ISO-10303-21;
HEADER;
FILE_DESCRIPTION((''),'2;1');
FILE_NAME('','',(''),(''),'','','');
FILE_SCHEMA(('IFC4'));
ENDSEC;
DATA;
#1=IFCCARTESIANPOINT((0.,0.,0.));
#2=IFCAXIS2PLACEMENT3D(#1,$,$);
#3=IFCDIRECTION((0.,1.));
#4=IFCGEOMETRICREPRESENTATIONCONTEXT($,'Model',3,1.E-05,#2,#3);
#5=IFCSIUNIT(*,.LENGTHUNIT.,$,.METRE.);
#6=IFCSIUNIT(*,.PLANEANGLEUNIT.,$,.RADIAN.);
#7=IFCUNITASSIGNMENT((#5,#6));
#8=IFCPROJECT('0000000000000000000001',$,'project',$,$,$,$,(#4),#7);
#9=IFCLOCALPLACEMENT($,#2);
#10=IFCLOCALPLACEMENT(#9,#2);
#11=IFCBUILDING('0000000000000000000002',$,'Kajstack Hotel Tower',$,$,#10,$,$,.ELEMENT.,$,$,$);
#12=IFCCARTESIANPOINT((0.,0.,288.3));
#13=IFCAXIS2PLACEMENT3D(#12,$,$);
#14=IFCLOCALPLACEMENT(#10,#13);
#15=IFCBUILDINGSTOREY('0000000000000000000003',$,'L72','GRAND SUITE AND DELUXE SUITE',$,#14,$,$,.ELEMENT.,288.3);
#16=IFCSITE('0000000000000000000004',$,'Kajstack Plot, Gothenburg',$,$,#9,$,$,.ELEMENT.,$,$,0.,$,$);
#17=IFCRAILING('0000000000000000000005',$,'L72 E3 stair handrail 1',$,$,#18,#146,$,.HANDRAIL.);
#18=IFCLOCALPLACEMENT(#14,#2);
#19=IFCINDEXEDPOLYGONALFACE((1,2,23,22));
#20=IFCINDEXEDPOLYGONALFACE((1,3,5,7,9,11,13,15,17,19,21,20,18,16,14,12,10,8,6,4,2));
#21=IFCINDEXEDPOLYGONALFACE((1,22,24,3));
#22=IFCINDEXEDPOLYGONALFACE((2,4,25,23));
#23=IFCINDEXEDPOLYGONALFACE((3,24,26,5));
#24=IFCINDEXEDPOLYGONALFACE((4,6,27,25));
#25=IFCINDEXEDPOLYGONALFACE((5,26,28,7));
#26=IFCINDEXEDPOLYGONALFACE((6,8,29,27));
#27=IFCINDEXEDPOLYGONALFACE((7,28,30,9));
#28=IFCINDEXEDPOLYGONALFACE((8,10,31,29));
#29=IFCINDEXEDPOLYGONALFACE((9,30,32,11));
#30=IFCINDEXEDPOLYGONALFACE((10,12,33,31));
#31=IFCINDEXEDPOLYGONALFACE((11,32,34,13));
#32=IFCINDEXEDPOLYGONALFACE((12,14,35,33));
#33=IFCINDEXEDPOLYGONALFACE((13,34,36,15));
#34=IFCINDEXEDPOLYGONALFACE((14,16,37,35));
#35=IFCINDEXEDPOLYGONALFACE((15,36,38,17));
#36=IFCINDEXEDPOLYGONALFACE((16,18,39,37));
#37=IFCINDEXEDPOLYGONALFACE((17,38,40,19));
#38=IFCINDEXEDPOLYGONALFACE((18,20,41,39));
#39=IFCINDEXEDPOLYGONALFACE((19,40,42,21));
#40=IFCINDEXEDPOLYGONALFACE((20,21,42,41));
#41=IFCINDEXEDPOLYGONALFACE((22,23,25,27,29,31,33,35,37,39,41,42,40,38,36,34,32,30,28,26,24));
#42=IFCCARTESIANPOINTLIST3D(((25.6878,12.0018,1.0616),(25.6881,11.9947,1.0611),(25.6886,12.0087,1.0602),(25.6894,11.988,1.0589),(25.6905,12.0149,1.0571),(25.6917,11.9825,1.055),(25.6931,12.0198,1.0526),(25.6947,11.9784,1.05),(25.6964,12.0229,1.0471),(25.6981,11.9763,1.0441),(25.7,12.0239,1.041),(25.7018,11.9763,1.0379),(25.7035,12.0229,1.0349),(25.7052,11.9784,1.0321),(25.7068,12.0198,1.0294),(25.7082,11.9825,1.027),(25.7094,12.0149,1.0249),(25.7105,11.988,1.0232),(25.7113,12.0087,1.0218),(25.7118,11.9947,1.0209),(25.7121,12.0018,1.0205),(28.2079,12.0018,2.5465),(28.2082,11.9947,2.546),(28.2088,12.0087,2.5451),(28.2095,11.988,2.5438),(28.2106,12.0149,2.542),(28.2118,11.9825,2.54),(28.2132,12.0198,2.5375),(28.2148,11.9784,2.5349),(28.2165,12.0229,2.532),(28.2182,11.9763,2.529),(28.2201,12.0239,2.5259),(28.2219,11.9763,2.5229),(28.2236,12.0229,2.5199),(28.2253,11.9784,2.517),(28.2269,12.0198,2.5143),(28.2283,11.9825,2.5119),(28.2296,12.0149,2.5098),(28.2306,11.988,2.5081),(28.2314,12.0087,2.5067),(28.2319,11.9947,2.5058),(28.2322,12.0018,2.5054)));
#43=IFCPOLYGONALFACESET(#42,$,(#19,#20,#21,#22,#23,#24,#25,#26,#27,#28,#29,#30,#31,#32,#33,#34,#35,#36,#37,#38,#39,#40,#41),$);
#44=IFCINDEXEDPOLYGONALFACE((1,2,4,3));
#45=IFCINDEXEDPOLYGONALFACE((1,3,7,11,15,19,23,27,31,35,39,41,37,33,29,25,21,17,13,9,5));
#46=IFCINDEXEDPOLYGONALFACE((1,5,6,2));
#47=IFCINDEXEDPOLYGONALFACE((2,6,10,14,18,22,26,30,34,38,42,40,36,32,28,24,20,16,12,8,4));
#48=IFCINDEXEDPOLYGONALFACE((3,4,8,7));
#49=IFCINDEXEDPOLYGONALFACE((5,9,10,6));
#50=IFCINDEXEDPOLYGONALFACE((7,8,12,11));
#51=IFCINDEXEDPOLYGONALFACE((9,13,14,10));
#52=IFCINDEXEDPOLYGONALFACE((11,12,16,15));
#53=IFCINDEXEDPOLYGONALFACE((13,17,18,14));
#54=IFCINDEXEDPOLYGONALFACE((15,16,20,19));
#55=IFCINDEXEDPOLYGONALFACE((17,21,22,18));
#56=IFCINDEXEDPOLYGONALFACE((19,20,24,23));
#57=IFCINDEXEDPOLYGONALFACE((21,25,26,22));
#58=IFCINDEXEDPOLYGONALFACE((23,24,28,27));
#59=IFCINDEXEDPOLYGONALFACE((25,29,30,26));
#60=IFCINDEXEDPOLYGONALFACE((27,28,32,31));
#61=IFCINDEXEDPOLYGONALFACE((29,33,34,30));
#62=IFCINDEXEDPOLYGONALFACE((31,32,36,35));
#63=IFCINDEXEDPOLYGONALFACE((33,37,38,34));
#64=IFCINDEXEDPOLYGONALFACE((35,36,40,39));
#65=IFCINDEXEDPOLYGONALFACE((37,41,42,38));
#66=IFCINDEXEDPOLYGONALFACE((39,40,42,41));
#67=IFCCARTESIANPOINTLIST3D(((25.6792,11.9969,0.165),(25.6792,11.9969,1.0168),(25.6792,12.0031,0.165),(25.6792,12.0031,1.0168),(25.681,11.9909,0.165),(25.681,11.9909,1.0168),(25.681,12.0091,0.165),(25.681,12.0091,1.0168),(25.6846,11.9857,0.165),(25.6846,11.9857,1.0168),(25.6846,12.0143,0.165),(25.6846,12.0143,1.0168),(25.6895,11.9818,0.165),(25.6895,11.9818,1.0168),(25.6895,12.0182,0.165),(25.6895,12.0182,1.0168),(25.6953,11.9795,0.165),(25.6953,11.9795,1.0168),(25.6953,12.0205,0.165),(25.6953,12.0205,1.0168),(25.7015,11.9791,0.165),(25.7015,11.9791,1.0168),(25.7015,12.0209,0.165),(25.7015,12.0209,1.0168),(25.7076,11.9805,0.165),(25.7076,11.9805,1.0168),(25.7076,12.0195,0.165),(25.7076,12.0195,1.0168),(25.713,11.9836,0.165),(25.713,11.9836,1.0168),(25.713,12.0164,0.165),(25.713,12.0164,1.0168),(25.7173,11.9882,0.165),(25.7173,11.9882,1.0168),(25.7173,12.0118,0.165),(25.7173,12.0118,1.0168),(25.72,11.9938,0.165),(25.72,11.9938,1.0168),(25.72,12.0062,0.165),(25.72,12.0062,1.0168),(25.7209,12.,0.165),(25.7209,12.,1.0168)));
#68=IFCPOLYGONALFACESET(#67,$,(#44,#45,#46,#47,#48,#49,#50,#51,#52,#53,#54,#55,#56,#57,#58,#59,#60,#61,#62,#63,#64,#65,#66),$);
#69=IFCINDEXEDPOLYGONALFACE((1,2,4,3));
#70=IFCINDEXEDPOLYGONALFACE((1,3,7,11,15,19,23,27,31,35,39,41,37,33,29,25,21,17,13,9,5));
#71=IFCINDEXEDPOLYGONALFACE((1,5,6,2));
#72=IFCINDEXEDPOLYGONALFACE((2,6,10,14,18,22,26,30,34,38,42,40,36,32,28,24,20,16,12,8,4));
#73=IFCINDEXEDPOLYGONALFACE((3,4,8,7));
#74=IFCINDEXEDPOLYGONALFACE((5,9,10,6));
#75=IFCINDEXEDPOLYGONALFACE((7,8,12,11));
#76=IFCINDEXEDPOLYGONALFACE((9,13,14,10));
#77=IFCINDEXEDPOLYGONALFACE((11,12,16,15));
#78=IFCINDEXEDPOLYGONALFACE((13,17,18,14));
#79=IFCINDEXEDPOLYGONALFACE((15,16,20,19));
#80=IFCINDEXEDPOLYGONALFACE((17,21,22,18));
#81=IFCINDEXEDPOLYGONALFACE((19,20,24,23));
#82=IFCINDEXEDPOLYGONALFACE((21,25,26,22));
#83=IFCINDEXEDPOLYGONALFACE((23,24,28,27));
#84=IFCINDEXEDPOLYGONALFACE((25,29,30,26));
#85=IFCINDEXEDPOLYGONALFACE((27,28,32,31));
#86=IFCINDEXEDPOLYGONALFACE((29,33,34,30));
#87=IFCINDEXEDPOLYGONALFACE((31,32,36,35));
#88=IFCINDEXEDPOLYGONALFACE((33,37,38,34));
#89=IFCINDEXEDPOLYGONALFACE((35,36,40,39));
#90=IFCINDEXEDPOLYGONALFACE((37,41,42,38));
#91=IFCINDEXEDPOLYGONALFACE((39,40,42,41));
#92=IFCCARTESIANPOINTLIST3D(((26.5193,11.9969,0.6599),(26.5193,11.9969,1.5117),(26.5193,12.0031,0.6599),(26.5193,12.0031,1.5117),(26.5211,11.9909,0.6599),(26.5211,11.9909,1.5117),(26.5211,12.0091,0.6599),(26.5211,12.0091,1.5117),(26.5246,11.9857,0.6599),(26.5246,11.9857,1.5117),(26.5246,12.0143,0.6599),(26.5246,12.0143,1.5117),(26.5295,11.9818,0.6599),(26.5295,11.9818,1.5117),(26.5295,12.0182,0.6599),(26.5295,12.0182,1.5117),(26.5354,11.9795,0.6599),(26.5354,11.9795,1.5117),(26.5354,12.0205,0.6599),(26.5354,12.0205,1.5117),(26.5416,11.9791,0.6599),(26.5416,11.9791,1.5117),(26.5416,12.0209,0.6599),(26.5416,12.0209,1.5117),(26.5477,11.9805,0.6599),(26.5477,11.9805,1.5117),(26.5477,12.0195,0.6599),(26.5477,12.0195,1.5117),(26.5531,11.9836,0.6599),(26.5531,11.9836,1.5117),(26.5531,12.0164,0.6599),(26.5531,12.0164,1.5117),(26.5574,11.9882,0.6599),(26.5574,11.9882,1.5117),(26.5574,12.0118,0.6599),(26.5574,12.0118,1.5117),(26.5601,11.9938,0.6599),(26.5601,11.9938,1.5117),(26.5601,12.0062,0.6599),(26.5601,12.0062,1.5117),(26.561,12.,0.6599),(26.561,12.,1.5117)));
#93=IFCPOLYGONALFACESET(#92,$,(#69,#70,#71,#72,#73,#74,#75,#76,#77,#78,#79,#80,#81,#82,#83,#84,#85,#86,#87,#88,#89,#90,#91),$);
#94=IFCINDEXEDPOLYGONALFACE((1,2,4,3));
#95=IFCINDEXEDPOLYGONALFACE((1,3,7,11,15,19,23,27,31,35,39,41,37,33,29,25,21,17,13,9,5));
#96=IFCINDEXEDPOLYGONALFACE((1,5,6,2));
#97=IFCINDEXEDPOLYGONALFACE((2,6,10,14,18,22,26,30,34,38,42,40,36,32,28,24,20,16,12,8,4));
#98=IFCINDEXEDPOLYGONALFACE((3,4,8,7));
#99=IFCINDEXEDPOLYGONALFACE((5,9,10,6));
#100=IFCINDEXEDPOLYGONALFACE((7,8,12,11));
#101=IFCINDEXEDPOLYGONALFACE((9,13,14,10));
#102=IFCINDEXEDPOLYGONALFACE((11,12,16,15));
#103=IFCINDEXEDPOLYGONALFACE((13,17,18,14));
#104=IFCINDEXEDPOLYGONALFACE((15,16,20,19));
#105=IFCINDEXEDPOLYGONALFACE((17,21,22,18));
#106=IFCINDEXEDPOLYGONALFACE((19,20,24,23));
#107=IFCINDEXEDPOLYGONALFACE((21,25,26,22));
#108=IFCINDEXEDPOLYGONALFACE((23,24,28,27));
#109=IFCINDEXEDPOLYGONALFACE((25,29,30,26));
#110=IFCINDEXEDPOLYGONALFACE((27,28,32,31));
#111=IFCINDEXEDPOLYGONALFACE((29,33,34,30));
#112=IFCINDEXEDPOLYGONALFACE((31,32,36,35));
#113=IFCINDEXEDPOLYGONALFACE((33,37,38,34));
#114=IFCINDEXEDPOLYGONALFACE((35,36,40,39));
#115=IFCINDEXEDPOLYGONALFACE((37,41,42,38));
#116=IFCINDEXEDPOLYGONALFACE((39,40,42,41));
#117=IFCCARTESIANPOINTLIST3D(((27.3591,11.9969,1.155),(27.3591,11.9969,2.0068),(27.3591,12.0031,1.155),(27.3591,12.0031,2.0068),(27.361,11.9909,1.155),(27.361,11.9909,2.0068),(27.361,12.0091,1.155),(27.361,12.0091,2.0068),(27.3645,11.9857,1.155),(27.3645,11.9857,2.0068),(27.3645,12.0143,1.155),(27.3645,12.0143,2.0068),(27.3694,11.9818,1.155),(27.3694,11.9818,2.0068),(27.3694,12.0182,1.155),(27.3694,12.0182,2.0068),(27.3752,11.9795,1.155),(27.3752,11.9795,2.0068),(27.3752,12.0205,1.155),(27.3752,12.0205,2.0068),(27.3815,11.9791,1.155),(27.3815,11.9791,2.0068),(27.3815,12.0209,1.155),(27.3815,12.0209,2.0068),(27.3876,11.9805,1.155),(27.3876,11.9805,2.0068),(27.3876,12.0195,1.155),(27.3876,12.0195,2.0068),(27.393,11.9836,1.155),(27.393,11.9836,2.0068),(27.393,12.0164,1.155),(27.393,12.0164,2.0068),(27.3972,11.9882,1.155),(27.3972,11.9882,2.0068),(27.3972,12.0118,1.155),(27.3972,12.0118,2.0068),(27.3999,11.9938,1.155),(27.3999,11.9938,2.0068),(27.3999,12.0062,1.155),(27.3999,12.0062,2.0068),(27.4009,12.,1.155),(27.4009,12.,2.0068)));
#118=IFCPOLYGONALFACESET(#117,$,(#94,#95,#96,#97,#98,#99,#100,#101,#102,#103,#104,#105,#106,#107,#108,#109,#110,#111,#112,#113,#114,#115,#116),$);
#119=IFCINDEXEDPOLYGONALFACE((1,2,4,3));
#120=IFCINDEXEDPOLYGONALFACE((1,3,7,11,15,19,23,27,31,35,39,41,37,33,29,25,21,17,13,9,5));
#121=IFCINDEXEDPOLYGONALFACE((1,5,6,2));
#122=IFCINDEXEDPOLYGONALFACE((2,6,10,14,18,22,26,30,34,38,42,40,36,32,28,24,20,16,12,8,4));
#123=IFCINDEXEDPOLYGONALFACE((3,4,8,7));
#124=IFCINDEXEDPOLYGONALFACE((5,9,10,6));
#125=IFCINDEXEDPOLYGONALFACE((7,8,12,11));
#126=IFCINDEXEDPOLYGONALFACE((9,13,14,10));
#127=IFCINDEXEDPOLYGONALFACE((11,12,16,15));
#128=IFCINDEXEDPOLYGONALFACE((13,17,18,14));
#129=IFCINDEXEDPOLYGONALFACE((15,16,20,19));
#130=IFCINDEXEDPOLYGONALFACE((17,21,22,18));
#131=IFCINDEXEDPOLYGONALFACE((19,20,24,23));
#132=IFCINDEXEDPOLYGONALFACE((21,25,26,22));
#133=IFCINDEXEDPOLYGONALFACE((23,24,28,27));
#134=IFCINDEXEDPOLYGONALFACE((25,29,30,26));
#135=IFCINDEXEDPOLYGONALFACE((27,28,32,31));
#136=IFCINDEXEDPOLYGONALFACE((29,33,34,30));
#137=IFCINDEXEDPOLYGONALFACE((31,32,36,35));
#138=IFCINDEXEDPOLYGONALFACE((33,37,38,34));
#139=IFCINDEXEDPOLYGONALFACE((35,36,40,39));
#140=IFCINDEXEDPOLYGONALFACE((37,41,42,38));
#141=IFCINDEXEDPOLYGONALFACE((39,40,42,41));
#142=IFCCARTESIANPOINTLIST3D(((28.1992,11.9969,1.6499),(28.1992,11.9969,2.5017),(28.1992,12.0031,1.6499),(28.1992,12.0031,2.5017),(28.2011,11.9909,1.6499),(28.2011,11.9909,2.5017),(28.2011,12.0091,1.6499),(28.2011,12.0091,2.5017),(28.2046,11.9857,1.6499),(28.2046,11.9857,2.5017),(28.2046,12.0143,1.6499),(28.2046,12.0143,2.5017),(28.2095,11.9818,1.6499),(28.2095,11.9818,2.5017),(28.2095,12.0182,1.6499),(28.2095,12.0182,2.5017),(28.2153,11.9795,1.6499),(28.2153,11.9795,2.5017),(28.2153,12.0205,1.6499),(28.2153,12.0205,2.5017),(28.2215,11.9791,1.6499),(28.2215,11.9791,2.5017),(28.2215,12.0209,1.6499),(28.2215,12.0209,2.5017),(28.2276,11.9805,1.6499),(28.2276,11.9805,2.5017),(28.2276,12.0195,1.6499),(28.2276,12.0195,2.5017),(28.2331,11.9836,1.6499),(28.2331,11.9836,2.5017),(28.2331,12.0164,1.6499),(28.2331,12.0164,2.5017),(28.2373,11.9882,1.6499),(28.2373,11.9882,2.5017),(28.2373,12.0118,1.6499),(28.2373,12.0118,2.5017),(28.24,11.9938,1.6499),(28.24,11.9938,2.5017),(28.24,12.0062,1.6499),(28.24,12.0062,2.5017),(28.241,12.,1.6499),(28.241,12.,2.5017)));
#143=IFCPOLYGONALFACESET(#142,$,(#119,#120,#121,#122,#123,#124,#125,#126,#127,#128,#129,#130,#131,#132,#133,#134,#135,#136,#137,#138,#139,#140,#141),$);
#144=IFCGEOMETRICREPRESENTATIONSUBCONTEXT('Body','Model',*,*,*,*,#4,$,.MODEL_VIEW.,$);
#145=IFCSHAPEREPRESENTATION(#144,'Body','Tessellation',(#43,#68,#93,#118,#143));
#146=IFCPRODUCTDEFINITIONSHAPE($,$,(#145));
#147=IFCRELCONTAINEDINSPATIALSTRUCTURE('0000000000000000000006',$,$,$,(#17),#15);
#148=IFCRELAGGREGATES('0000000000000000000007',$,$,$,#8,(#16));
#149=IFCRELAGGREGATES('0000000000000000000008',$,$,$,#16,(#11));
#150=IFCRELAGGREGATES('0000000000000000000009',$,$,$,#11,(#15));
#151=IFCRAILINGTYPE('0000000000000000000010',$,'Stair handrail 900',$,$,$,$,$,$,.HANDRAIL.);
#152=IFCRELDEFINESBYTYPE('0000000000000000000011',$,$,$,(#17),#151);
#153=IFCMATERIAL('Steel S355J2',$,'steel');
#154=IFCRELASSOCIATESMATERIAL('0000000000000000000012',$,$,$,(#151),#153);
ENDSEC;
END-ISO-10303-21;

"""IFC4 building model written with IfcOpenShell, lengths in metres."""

from ifc_helpers import new_model, si_unit, direction, frame, origin, origin_2d, place, context, subcontext, project, spatial, circle, extrude, material, type_object, element, save


model = new_model("IFC4")

# Units and contexts
model_context = context("Model", 3, precision=1e-05, world=origin(), true_north=direction((0.0, 1.0)))
body_context = subcontext(model_context, "Body", "Model", "MODEL_VIEW")
ifc_project = project(units=[si_unit("LENGTHUNIT", "METRE"), si_unit("PLANEANGLEUNIT", "RADIAN")], contexts=[model_context])

# Site, building, storey
site_placement = place(None, origin())
site = spatial("IfcSite", under=ifc_project, at=site_placement, Name="Kajstack Plot, Gothenburg", CompositionType="ELEMENT", RefElevation=0.0)
building_placement = place(site_placement, origin())
building = spatial("IfcBuilding", under=site, at=building_placement, Name="Kajstack Hotel Tower", CompositionType="ELEMENT")
storey_placement = place(building_placement, frame((0.0, 0.0, 288.3)))
storey = spatial("IfcBuildingStorey", under=building, at=storey_placement, Name="L72", Description="GRAND SUITE AND DELUXE SUITE", CompositionType="ELEMENT", Elevation=288.3)

# Railing
ifc_material_1 = material(Name="Steel S355J2", Category="steel")
railing_type_1 = type_object("IfcRailingType", Name="Stair handrail 900", PredefinedType="HANDRAIL", material=ifc_material_1)
railing_1_placement = place(storey_placement, frame((25.7, 12.0, 0.165)))
element("IfcRailing", 1, at=railing_1_placement, inside=storey, type_object=railing_type_1, Name="L72 E3 stair handrail 1", PredefinedType="HANDRAIL", context=body_context, shape_type="SweptSolid", body=[
    extrude(circle(Radius=0.0239, at=origin_2d()), frame((0.0, 0.0, 0.876), z_axis=(0.861561, 0.0, 0.507655), x_axis=(0.0, 1.0, 0.0)), (0.0, 0.0, 1.0), 2.925),
    extrude(circle(Radius=0.021, at=origin_2d()), origin(), (0.0, 0.0, 1.0), 0.8518),
    extrude(circle(Radius=0.021, at=origin_2d()), frame((0.8401, 0.0, 0.4949)), (0.0, 0.0, 1.0), 0.8518),
    extrude(circle(Radius=0.021, at=origin_2d()), frame((1.6799, 0.0, 0.99)), (0.0, 0.0, 1.0), 0.8518),
    extrude(circle(Radius=0.021, at=origin_2d()), frame((2.52, 0.0, 1.4849)), (0.0, 0.0, 1.0), 0.8518),
])

save(model, "model.ifc")
